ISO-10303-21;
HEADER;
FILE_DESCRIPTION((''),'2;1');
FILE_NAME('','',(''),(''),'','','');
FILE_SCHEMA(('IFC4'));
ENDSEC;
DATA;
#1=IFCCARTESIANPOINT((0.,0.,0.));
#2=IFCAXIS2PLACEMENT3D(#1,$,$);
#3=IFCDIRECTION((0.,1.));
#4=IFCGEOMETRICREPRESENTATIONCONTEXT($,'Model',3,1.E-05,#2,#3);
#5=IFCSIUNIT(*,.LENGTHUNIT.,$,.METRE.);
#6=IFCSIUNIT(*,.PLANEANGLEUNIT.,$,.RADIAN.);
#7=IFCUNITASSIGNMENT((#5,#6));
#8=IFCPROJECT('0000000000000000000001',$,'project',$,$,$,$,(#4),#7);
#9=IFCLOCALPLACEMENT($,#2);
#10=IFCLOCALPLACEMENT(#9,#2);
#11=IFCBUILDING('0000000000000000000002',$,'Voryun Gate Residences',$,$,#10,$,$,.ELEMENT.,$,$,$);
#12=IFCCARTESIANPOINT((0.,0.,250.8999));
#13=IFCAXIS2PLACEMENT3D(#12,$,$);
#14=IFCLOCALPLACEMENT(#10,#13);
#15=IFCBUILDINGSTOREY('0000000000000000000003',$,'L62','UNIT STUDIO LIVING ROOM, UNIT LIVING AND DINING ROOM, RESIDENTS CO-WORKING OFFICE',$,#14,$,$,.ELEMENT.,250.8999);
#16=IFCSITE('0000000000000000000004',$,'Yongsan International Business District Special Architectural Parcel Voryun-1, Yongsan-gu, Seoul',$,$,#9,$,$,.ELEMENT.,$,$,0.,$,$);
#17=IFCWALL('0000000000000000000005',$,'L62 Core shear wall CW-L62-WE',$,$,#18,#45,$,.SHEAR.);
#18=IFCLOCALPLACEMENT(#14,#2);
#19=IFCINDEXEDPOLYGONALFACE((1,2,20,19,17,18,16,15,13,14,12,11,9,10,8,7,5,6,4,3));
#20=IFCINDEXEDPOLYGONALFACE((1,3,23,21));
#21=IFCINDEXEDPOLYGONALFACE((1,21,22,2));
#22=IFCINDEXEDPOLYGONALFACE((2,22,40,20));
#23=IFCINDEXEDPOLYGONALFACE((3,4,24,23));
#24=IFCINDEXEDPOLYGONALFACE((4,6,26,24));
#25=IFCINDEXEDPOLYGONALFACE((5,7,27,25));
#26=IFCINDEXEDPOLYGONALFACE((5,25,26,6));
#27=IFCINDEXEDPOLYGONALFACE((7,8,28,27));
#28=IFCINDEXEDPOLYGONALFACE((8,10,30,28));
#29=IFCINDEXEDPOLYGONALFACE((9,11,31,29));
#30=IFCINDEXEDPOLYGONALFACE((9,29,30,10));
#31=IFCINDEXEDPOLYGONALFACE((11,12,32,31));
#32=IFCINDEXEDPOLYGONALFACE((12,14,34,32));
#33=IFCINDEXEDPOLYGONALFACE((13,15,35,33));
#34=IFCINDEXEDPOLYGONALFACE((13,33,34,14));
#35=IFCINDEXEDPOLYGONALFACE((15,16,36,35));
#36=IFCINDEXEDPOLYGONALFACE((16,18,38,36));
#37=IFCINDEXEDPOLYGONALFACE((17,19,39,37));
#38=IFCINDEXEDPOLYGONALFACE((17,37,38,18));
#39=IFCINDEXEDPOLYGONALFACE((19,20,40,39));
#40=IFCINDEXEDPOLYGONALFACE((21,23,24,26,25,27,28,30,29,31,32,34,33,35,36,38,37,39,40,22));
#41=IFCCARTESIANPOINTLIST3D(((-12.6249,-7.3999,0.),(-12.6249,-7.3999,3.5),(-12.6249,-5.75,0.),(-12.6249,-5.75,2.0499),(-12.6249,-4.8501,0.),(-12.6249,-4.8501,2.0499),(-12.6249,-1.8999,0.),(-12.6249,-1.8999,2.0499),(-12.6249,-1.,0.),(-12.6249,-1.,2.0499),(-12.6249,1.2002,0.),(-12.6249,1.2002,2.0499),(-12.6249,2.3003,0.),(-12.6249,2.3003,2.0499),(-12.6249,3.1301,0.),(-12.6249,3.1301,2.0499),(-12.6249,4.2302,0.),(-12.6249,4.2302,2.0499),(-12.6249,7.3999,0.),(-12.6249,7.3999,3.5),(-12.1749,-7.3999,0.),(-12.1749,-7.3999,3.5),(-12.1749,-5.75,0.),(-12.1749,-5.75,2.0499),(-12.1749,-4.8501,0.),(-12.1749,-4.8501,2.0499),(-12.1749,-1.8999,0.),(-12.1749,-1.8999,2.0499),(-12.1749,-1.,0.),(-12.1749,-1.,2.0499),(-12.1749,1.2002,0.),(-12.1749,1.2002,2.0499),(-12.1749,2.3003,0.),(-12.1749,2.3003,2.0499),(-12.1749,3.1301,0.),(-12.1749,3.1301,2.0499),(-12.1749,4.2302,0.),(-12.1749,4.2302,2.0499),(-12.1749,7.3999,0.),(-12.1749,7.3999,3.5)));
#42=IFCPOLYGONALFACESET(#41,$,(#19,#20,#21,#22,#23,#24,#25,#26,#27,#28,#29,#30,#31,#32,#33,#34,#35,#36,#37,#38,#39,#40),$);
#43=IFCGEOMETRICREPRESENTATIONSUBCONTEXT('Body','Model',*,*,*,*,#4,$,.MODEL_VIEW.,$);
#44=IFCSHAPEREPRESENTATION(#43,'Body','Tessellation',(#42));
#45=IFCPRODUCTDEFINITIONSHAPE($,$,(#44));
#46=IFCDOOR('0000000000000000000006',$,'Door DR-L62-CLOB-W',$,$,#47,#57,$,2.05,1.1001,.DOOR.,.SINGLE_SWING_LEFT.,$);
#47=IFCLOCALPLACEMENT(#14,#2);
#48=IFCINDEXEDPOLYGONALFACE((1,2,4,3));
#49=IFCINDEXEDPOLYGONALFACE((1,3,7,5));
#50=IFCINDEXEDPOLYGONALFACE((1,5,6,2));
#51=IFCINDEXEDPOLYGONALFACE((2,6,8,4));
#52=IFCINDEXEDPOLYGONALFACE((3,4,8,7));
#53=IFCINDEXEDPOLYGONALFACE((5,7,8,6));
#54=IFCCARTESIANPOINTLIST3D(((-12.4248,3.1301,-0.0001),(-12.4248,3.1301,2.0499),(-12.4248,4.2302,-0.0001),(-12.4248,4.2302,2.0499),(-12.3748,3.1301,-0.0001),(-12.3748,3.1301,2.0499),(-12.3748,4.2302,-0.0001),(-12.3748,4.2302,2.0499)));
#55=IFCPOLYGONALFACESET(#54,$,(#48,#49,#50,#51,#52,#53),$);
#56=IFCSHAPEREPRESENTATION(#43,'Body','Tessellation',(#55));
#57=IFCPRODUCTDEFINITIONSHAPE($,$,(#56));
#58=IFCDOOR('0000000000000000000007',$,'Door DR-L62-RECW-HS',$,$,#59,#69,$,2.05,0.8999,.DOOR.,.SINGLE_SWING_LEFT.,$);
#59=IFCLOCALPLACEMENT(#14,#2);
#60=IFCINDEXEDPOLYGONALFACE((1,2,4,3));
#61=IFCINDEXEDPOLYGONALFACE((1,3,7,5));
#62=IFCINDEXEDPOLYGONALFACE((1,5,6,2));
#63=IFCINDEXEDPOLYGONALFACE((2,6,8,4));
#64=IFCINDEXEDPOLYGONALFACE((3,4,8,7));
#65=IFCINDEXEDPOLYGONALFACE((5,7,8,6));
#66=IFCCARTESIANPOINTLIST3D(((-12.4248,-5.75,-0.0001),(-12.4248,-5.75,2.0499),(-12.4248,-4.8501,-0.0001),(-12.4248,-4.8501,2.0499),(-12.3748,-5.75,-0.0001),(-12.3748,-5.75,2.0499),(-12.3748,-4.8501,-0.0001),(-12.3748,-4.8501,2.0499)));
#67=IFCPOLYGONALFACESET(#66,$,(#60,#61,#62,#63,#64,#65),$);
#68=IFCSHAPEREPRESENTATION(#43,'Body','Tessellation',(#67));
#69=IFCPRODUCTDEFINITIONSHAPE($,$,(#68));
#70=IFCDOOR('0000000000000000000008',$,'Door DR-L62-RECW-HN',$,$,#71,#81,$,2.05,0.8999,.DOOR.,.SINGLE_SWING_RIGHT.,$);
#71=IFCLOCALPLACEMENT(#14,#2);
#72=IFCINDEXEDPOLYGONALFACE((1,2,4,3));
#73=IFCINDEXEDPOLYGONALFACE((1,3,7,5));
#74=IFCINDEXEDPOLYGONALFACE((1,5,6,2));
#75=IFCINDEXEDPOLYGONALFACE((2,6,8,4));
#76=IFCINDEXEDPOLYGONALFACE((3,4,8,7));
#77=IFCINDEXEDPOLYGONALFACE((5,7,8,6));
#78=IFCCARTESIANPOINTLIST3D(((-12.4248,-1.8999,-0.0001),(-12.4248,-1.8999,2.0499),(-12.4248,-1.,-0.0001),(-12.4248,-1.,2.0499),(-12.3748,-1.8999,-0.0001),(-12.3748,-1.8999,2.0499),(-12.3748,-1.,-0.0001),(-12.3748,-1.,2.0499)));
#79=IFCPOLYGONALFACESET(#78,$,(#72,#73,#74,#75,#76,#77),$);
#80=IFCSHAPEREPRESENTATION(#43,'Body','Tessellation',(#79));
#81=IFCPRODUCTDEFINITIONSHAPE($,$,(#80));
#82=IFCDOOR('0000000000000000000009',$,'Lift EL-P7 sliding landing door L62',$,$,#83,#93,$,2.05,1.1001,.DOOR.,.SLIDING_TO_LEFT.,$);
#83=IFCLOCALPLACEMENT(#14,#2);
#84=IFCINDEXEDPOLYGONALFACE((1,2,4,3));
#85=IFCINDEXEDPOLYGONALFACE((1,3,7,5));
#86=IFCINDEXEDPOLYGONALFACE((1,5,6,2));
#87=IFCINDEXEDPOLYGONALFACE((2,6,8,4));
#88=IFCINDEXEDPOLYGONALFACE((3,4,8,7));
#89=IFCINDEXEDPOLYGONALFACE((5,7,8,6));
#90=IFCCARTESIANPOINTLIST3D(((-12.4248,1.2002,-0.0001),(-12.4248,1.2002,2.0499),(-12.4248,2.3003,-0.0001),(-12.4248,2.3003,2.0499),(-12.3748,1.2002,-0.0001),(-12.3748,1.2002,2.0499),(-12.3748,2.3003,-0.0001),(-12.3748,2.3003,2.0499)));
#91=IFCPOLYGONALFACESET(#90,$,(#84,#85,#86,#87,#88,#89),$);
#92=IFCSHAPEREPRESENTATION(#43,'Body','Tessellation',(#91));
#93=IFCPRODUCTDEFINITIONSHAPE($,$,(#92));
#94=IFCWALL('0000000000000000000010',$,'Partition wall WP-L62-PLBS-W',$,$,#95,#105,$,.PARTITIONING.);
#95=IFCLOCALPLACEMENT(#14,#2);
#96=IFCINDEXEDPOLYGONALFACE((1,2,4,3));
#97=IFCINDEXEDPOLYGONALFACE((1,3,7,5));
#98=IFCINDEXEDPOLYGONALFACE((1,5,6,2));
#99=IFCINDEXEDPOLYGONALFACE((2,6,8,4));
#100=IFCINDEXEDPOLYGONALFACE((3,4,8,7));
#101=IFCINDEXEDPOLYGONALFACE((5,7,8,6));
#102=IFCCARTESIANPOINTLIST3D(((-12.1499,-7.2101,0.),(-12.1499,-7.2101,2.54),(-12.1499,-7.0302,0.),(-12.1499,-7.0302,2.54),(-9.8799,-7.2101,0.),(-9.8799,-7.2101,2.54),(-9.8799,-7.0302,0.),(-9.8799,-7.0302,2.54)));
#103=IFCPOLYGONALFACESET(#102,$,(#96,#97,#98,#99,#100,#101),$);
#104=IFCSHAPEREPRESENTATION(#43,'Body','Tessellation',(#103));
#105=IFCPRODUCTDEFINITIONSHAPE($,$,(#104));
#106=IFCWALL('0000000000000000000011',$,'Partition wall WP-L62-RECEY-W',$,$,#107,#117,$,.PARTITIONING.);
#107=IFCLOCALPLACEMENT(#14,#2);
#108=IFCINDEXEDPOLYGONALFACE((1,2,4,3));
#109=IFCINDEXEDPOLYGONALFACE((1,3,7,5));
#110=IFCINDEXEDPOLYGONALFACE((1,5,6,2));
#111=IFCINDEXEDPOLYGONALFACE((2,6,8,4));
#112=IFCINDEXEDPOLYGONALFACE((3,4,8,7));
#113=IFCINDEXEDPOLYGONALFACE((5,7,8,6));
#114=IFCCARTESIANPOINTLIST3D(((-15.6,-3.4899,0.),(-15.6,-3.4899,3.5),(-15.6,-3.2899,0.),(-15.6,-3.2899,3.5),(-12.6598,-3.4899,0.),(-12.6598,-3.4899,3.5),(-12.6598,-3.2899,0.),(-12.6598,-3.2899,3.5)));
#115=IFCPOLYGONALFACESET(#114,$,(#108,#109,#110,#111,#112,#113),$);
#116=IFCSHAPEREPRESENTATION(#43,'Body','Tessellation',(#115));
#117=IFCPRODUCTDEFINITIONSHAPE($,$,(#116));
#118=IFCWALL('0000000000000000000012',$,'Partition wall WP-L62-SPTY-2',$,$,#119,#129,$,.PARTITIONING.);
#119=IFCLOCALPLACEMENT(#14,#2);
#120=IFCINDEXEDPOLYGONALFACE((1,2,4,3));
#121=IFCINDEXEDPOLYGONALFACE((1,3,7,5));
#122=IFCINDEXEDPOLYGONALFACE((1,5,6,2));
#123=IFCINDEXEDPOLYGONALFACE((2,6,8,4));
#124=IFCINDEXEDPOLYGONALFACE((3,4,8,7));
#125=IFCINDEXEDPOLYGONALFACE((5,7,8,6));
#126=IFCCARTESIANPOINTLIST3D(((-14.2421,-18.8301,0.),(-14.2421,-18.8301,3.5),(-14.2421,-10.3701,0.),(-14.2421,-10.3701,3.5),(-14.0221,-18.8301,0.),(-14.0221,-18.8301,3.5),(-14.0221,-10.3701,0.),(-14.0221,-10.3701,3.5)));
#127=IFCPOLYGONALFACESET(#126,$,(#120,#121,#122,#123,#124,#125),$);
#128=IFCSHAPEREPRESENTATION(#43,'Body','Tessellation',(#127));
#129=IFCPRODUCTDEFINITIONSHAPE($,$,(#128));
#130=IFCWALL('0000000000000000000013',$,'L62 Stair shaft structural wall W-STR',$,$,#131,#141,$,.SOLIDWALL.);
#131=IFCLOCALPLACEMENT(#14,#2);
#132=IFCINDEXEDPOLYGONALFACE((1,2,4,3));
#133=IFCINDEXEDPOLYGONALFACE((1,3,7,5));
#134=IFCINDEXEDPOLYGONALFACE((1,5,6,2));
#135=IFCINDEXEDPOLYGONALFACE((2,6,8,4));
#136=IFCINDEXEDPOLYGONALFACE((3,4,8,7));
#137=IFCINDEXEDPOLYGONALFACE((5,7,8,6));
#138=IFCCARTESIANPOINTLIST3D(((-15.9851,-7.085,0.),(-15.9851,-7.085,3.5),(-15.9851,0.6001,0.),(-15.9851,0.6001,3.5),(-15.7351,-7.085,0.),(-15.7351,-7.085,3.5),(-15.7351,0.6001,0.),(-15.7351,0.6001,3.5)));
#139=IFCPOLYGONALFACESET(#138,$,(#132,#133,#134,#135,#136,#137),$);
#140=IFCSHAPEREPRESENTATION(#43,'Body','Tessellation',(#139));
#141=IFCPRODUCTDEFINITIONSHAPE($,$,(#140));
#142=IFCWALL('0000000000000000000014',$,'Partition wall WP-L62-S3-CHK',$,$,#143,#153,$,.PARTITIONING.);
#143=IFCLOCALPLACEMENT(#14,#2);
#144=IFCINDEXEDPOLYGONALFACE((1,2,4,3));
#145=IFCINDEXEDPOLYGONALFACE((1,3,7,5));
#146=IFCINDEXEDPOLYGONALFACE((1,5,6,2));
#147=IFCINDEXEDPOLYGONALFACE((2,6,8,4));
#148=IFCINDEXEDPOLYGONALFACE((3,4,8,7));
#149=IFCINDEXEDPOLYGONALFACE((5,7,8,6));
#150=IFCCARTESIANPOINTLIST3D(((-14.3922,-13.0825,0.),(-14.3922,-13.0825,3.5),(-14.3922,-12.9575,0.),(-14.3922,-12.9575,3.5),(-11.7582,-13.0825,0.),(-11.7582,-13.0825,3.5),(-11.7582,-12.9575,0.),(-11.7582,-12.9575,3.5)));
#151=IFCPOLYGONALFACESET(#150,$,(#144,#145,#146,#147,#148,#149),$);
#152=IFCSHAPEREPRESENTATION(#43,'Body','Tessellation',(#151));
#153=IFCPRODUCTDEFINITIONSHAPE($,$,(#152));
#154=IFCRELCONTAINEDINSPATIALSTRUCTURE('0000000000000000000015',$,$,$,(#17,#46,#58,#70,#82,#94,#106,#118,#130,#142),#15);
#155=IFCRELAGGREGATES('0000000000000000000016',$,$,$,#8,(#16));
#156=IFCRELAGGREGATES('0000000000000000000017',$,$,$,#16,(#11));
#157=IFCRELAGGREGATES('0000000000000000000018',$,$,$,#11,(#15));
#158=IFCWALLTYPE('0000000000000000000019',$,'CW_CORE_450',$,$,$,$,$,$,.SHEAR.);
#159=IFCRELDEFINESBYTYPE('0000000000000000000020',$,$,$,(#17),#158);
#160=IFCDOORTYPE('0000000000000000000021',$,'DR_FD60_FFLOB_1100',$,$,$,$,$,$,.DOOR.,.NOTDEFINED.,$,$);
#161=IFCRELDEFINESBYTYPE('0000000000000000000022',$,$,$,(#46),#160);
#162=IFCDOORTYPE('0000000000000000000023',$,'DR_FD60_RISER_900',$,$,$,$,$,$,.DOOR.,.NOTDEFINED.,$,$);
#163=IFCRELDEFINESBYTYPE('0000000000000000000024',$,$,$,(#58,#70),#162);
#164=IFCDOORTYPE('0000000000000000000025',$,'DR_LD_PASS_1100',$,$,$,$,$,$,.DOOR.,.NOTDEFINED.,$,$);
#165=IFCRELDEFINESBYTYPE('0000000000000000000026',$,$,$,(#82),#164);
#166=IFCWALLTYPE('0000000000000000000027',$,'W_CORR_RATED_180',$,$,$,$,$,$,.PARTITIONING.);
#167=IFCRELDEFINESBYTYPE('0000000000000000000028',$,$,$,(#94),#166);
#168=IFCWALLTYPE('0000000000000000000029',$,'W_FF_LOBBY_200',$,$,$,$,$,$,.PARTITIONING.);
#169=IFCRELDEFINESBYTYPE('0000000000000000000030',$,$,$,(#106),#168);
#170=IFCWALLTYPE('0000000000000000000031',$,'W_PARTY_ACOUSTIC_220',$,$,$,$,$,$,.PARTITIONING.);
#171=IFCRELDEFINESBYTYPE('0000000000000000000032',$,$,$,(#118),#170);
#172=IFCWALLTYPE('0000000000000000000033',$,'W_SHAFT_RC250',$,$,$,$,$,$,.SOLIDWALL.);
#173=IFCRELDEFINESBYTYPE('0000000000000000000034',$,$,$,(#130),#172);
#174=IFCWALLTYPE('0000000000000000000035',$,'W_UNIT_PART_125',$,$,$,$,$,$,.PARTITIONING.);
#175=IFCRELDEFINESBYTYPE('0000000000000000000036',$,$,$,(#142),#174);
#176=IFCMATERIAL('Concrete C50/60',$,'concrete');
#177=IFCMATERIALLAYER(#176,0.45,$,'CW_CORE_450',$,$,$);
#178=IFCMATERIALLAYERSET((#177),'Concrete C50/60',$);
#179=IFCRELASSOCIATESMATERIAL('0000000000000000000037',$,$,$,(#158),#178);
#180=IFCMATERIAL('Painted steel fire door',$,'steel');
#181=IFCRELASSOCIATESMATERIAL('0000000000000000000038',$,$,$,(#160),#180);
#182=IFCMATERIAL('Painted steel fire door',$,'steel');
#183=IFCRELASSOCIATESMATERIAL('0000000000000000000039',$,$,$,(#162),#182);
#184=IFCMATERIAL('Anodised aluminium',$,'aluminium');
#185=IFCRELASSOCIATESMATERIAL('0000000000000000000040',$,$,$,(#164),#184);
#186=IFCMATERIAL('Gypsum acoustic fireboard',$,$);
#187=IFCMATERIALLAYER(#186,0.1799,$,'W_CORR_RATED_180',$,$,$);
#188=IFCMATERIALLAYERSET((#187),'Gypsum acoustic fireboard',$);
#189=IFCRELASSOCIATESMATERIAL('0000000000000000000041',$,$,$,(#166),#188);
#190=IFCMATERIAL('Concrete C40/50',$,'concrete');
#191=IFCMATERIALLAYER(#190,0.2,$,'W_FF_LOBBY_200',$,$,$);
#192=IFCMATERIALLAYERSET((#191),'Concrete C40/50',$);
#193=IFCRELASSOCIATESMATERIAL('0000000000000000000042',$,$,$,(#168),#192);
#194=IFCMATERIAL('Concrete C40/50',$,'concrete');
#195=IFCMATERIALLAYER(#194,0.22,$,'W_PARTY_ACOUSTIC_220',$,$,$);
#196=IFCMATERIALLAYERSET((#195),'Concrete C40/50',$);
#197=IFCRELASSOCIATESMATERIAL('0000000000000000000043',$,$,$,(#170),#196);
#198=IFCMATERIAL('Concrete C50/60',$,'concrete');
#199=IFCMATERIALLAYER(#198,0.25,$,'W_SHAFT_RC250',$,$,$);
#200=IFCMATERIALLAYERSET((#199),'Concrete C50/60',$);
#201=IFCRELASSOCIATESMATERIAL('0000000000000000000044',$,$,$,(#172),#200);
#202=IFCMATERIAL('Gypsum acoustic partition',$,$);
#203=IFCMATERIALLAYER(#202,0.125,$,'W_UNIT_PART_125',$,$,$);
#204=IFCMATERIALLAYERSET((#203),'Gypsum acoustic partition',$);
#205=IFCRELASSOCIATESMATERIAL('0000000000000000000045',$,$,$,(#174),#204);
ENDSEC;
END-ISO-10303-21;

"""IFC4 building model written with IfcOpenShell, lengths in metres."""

from ifc_helpers import new_model, si_unit, direction, frame, frame_2d, origin, place, context, subcontext, project, spatial, rectangle, extrude, material, layer, layer_set, type_object, element, fill, save


model = new_model("IFC4")

# Units and contexts
model_context = context("Model", 3, precision=1e-05, world=origin(), true_north=direction((0.0, 1.0)))
body_context = subcontext(model_context, "Body", "Model", "MODEL_VIEW")
ifc_project = project(units=[si_unit("LENGTHUNIT", "METRE"), si_unit("PLANEANGLEUNIT", "RADIAN")], contexts=[model_context])

# Site, building, storey
site_placement = place(None, origin())
site = spatial("IfcSite", under=ifc_project, at=site_placement, Name="Yongsan International Business District Special Architectural Parcel Voryun-1, Yongsan-gu, Seoul", CompositionType="ELEMENT", RefElevation=0.0)
building_placement = place(site_placement, origin())
building = spatial("IfcBuilding", under=site, at=building_placement, Name="Voryun Gate Residences", CompositionType="ELEMENT")
storey_placement = place(building_placement, frame((0.0, 0.0, 250.8999)))
storey = spatial("IfcBuildingStorey", under=building, at=storey_placement, Name="L62", Description="UNIT STUDIO LIVING ROOM, UNIT LIVING AND DINING ROOM, RESIDENTS CO-WORKING OFFICE", CompositionType="ELEMENT", Elevation=250.8999)

# Wall, openings, doors
ifc_material_1 = material(Name="Concrete C50/60", Category="concrete")
ifc_layer_1 = layer(ifc_material_1, 0.45, Name="CW_CORE_450")
ifc_layer_set_1 = layer_set([ifc_layer_1], Name="Concrete C50/60")
wall_type_1 = type_object("IfcWallType", Name="CW_CORE_450", PredefinedType="SHEAR", material=ifc_layer_set_1)
wall_1_placement = place(storey_placement, frame((-12.3999, -7.3999, 0.0), z_axis=(0.0, 0.0, 1.0), x_axis=(0.0, 1.0, 0.0)))
wall_1 = element("IfcWall", 1, at=wall_1_placement, inside=storey, type_object=wall_type_1, Name="L62 Core shear wall CW-L62-WE", PredefinedType="SHEAR", context=body_context, shape_type="SweptSolid", body=[
    extrude(rectangle(XDim=14.7998, YDim=0.45, at=frame_2d((7.3999, 0.0))), origin(), (0.0, 0.0, 1.0), 3.5),
])
opening_1_placement = place(wall_1_placement, frame((8.6001, 0.0, 0.0)))
opening_1 = element("IfcOpeningElement", 2, at=opening_1_placement, cuts=wall_1, PredefinedType="OPENING", context=body_context, shape_type="SweptSolid", body=[
    extrude(rectangle(XDim=1.1001, YDim=2.05, at=frame_2d((0.55, 1.0249))), frame((0.0, 0.2351, 0.0), z_axis=(0.0, -1.0, 0.0), x_axis=(1.0, 0.0, 0.0)), (0.0, 0.0, 1.0), 0.47),
])
opening_2_placement = place(wall_1_placement, frame((10.53, 0.0, 0.0)))
opening_2 = element("IfcOpeningElement", 3, at=opening_2_placement, cuts=wall_1, PredefinedType="OPENING", context=body_context, shape_type="SweptSolid", body=[
    extrude(rectangle(XDim=1.1001, YDim=2.05, at=frame_2d((0.55, 1.0249))), frame((0.0, 0.2351, 0.0), z_axis=(0.0, -1.0, 0.0), x_axis=(1.0, 0.0, 0.0)), (0.0, 0.0, 1.0), 0.47),
])
opening_3_placement = place(wall_1_placement, frame((1.6499, 0.0, 0.0)))
opening_3 = element("IfcOpeningElement", 4, at=opening_3_placement, cuts=wall_1, PredefinedType="OPENING", context=body_context, shape_type="SweptSolid", body=[
    extrude(rectangle(XDim=0.8999, YDim=2.05, at=frame_2d((0.45, 1.0249))), frame((0.0, 0.2351, 0.0), z_axis=(0.0, -1.0, 0.0), x_axis=(1.0, 0.0, 0.0)), (0.0, 0.0, 1.0), 0.47),
])
opening_4_placement = place(wall_1_placement, frame((5.5, 0.0, 0.0)))
opening_4 = element("IfcOpeningElement", 5, at=opening_4_placement, cuts=wall_1, PredefinedType="OPENING", context=body_context, shape_type="SweptSolid", body=[
    extrude(rectangle(XDim=0.8999, YDim=2.05, at=frame_2d((0.45, 1.0249))), frame((0.0, 0.2351, 0.0), z_axis=(0.0, -1.0, 0.0), x_axis=(1.0, 0.0, 0.0)), (0.0, 0.0, 1.0), 0.47),
])
ifc_material_2 = material(Name="Painted steel fire door", Category="steel")
door_type_1 = type_object("IfcDoorType", Name="DR_FD60_FFLOB_1100", OperationType="NOTDEFINED", PredefinedType="DOOR", material=ifc_material_2)
door_1_placement = place(opening_2_placement, origin())
door_1 = element("IfcDoor", 6, at=door_1_placement, inside=storey, type_object=door_type_1, Name="Door DR-L62-CLOB-W", OperationType="SINGLE_SWING_LEFT", OverallHeight=2.05, OverallWidth=1.1001, PredefinedType="DOOR", context=body_context, shape_type="SweptSolid", body=[
    extrude(rectangle(XDim=1.1001, YDim=2.05, at=frame_2d((0.55, 1.0249))), frame((0.0, 0.0249, 0.0), z_axis=(0.0, -1.0, 0.0), x_axis=(1.0, 0.0, 0.0)), (0.0, 0.0, 1.0), 0.05),
])
fill(opening_2, door_1)
ifc_material_3 = material(Name="Painted steel fire door", Category="steel")
door_type_2 = type_object("IfcDoorType", Name="DR_FD60_RISER_900", OperationType="NOTDEFINED", PredefinedType="DOOR", material=ifc_material_3)
door_2_placement = place(opening_3_placement, origin())
door_2 = element("IfcDoor", 7, at=door_2_placement, inside=storey, type_object=door_type_2, Name="Door DR-L62-RECW-HS", OperationType="SINGLE_SWING_LEFT", OverallHeight=2.05, OverallWidth=0.8999, PredefinedType="DOOR", context=body_context, shape_type="SweptSolid", body=[
    extrude(rectangle(XDim=0.8999, YDim=2.05, at=frame_2d((0.45, 1.0249))), frame((0.0, 0.0249, 0.0), z_axis=(0.0, -1.0, 0.0), x_axis=(1.0, 0.0, 0.0)), (0.0, 0.0, 1.0), 0.05),
])
fill(opening_3, door_2)
door_3_placement = place(opening_4_placement, origin())
door_3 = element("IfcDoor", 8, at=door_3_placement, inside=storey, type_object=door_type_2, Name="Door DR-L62-RECW-HN", OperationType="SINGLE_SWING_RIGHT", OverallHeight=2.05, OverallWidth=0.8999, PredefinedType="DOOR", context=body_context, shape_type="SweptSolid", body=[
    extrude(rectangle(XDim=0.8999, YDim=2.05, at=frame_2d((0.45, 1.0249))), frame((0.0, 0.0249, 0.0), z_axis=(0.0, -1.0, 0.0), x_axis=(1.0, 0.0, 0.0)), (0.0, 0.0, 1.0), 0.05),
])
fill(opening_4, door_3)
ifc_material_4 = material(Name="Anodised aluminium", Category="aluminium")
door_type_3 = type_object("IfcDoorType", Name="DR_LD_PASS_1100", OperationType="NOTDEFINED", PredefinedType="DOOR", material=ifc_material_4)
door_4_placement = place(opening_1_placement, origin())
door_4 = element("IfcDoor", 9, at=door_4_placement, inside=storey, type_object=door_type_3, Name="Lift EL-P7 sliding landing door L62", OperationType="SLIDING_TO_LEFT", OverallHeight=2.05, OverallWidth=1.1001, PredefinedType="DOOR", context=body_context, shape_type="SweptSolid", body=[
    extrude(rectangle(XDim=1.1001, YDim=2.05, at=frame_2d((0.55, 1.0249))), frame((0.0, 0.0249, 0.0), z_axis=(0.0, -1.0, 0.0), x_axis=(1.0, 0.0, 0.0)), (0.0, 0.0, 1.0), 0.05),
])
fill(opening_1, door_4)

# Walls
ifc_material_5 = material(Name="Gypsum acoustic fireboard")
ifc_layer_2 = layer(ifc_material_5, 0.1799, Name="W_CORR_RATED_180")
ifc_layer_set_2 = layer_set([ifc_layer_2], Name="Gypsum acoustic fireboard")
wall_type_2 = type_object("IfcWallType", Name="W_CORR_RATED_180", PredefinedType="PARTITIONING", material=ifc_layer_set_2)
wall_2_placement = place(storey_placement, frame((-12.1499, -7.1201, 0.0), z_axis=(0.0, 0.0, 1.0), x_axis=(1.0, 0.0, 0.0)))
element("IfcWall", 10, at=wall_2_placement, inside=storey, type_object=wall_type_2, Name="Partition wall WP-L62-PLBS-W", PredefinedType="PARTITIONING", context=body_context, shape_type="SweptSolid", body=[
    extrude(rectangle(XDim=2.27, YDim=0.1799, at=frame_2d((1.135, 0.0))), origin(), (0.0, 0.0, 1.0), 2.54),
])
ifc_material_6 = material(Name="Concrete C40/50", Category="concrete")
ifc_layer_3 = layer(ifc_material_6, 0.2, Name="W_FF_LOBBY_200")
ifc_layer_set_3 = layer_set([ifc_layer_3], Name="Concrete C40/50")
wall_type_3 = type_object("IfcWallType", Name="W_FF_LOBBY_200", PredefinedType="PARTITIONING", material=ifc_layer_set_3)
wall_3_placement = place(storey_placement, frame((-15.6001, -3.3899, 0.0), z_axis=(0.0, 0.0, 1.0), x_axis=(1.0, 0.0, 0.0)))
element("IfcWall", 11, at=wall_3_placement, inside=storey, type_object=wall_type_3, Name="Partition wall WP-L62-RECEY-W", PredefinedType="PARTITIONING", context=body_context, shape_type="SweptSolid", body=[
    extrude(rectangle(XDim=2.9402, YDim=0.2, at=frame_2d((1.4702, 0.0))), origin(), (0.0, 0.0, 1.0), 3.5),
])
ifc_material_7 = material(Name="Concrete C40/50", Category="concrete")
ifc_layer_4 = layer(ifc_material_7, 0.22, Name="W_PARTY_ACOUSTIC_220")
ifc_layer_set_4 = layer_set([ifc_layer_4], Name="Concrete C40/50")
wall_type_4 = type_object("IfcWallType", Name="W_PARTY_ACOUSTIC_220", PredefinedType="PARTITIONING", material=ifc_layer_set_4)
wall_4_placement = place(storey_placement, frame((-14.1321, -18.8301, 0.0), z_axis=(0.0, 0.0, 1.0), x_axis=(0.0, 1.0, 0.0)))
element("IfcWall", 12, at=wall_4_placement, inside=storey, type_object=wall_type_4, Name="Partition wall WP-L62-SPTY-2", PredefinedType="PARTITIONING", context=body_context, shape_type="SweptSolid", body=[
    extrude(rectangle(XDim=8.46, YDim=0.22, at=frame_2d((4.23, 0.0))), origin(), (0.0, 0.0, 1.0), 3.5),
])
ifc_material_8 = material(Name="Concrete C50/60", Category="concrete")
ifc_layer_5 = layer(ifc_material_8, 0.25, Name="W_SHAFT_RC250")
ifc_layer_set_5 = layer_set([ifc_layer_5], Name="Concrete C50/60")
wall_type_5 = type_object("IfcWallType", Name="W_SHAFT_RC250", PredefinedType="SOLIDWALL", material=ifc_layer_set_5)
wall_5_placement = place(storey_placement, frame((-15.8601, -7.085, 0.0), z_axis=(0.0, 0.0, 1.0), x_axis=(0.0, 1.0, 0.0)))
element("IfcWall", 13, at=wall_5_placement, inside=storey, type_object=wall_type_5, Name="L62 Stair shaft structural wall W-STR", PredefinedType="SOLIDWALL", context=body_context, shape_type="SweptSolid", body=[
    extrude(rectangle(XDim=7.6851, YDim=0.25, at=frame_2d((3.8425, 0.0))), origin(), (0.0, 0.0, 1.0), 3.5),
])
ifc_material_9 = material(Name="Gypsum acoustic partition")
ifc_layer_6 = layer(ifc_material_9, 0.125, Name="W_UNIT_PART_125")
ifc_layer_set_6 = layer_set([ifc_layer_6], Name="Gypsum acoustic partition")
wall_type_6 = type_object("IfcWallType", Name="W_UNIT_PART_125", PredefinedType="PARTITIONING", material=ifc_layer_set_6)
wall_6_placement = place(storey_placement, frame((-14.3921, -13.02, 0.0), z_axis=(0.0, 0.0, 1.0), x_axis=(1.0, 0.0, 0.0)))
element("IfcWall", 14, at=wall_6_placement, inside=storey, type_object=wall_type_6, Name="Partition wall WP-L62-S3-CHK", PredefinedType="PARTITIONING", context=body_context, shape_type="SweptSolid", body=[
    extrude(rectangle(XDim=2.634, YDim=0.125, at=frame_2d((1.3169, 0.0))), origin(), (0.0, 0.0, 1.0), 3.5),
])

save(model, "model.ifc")
